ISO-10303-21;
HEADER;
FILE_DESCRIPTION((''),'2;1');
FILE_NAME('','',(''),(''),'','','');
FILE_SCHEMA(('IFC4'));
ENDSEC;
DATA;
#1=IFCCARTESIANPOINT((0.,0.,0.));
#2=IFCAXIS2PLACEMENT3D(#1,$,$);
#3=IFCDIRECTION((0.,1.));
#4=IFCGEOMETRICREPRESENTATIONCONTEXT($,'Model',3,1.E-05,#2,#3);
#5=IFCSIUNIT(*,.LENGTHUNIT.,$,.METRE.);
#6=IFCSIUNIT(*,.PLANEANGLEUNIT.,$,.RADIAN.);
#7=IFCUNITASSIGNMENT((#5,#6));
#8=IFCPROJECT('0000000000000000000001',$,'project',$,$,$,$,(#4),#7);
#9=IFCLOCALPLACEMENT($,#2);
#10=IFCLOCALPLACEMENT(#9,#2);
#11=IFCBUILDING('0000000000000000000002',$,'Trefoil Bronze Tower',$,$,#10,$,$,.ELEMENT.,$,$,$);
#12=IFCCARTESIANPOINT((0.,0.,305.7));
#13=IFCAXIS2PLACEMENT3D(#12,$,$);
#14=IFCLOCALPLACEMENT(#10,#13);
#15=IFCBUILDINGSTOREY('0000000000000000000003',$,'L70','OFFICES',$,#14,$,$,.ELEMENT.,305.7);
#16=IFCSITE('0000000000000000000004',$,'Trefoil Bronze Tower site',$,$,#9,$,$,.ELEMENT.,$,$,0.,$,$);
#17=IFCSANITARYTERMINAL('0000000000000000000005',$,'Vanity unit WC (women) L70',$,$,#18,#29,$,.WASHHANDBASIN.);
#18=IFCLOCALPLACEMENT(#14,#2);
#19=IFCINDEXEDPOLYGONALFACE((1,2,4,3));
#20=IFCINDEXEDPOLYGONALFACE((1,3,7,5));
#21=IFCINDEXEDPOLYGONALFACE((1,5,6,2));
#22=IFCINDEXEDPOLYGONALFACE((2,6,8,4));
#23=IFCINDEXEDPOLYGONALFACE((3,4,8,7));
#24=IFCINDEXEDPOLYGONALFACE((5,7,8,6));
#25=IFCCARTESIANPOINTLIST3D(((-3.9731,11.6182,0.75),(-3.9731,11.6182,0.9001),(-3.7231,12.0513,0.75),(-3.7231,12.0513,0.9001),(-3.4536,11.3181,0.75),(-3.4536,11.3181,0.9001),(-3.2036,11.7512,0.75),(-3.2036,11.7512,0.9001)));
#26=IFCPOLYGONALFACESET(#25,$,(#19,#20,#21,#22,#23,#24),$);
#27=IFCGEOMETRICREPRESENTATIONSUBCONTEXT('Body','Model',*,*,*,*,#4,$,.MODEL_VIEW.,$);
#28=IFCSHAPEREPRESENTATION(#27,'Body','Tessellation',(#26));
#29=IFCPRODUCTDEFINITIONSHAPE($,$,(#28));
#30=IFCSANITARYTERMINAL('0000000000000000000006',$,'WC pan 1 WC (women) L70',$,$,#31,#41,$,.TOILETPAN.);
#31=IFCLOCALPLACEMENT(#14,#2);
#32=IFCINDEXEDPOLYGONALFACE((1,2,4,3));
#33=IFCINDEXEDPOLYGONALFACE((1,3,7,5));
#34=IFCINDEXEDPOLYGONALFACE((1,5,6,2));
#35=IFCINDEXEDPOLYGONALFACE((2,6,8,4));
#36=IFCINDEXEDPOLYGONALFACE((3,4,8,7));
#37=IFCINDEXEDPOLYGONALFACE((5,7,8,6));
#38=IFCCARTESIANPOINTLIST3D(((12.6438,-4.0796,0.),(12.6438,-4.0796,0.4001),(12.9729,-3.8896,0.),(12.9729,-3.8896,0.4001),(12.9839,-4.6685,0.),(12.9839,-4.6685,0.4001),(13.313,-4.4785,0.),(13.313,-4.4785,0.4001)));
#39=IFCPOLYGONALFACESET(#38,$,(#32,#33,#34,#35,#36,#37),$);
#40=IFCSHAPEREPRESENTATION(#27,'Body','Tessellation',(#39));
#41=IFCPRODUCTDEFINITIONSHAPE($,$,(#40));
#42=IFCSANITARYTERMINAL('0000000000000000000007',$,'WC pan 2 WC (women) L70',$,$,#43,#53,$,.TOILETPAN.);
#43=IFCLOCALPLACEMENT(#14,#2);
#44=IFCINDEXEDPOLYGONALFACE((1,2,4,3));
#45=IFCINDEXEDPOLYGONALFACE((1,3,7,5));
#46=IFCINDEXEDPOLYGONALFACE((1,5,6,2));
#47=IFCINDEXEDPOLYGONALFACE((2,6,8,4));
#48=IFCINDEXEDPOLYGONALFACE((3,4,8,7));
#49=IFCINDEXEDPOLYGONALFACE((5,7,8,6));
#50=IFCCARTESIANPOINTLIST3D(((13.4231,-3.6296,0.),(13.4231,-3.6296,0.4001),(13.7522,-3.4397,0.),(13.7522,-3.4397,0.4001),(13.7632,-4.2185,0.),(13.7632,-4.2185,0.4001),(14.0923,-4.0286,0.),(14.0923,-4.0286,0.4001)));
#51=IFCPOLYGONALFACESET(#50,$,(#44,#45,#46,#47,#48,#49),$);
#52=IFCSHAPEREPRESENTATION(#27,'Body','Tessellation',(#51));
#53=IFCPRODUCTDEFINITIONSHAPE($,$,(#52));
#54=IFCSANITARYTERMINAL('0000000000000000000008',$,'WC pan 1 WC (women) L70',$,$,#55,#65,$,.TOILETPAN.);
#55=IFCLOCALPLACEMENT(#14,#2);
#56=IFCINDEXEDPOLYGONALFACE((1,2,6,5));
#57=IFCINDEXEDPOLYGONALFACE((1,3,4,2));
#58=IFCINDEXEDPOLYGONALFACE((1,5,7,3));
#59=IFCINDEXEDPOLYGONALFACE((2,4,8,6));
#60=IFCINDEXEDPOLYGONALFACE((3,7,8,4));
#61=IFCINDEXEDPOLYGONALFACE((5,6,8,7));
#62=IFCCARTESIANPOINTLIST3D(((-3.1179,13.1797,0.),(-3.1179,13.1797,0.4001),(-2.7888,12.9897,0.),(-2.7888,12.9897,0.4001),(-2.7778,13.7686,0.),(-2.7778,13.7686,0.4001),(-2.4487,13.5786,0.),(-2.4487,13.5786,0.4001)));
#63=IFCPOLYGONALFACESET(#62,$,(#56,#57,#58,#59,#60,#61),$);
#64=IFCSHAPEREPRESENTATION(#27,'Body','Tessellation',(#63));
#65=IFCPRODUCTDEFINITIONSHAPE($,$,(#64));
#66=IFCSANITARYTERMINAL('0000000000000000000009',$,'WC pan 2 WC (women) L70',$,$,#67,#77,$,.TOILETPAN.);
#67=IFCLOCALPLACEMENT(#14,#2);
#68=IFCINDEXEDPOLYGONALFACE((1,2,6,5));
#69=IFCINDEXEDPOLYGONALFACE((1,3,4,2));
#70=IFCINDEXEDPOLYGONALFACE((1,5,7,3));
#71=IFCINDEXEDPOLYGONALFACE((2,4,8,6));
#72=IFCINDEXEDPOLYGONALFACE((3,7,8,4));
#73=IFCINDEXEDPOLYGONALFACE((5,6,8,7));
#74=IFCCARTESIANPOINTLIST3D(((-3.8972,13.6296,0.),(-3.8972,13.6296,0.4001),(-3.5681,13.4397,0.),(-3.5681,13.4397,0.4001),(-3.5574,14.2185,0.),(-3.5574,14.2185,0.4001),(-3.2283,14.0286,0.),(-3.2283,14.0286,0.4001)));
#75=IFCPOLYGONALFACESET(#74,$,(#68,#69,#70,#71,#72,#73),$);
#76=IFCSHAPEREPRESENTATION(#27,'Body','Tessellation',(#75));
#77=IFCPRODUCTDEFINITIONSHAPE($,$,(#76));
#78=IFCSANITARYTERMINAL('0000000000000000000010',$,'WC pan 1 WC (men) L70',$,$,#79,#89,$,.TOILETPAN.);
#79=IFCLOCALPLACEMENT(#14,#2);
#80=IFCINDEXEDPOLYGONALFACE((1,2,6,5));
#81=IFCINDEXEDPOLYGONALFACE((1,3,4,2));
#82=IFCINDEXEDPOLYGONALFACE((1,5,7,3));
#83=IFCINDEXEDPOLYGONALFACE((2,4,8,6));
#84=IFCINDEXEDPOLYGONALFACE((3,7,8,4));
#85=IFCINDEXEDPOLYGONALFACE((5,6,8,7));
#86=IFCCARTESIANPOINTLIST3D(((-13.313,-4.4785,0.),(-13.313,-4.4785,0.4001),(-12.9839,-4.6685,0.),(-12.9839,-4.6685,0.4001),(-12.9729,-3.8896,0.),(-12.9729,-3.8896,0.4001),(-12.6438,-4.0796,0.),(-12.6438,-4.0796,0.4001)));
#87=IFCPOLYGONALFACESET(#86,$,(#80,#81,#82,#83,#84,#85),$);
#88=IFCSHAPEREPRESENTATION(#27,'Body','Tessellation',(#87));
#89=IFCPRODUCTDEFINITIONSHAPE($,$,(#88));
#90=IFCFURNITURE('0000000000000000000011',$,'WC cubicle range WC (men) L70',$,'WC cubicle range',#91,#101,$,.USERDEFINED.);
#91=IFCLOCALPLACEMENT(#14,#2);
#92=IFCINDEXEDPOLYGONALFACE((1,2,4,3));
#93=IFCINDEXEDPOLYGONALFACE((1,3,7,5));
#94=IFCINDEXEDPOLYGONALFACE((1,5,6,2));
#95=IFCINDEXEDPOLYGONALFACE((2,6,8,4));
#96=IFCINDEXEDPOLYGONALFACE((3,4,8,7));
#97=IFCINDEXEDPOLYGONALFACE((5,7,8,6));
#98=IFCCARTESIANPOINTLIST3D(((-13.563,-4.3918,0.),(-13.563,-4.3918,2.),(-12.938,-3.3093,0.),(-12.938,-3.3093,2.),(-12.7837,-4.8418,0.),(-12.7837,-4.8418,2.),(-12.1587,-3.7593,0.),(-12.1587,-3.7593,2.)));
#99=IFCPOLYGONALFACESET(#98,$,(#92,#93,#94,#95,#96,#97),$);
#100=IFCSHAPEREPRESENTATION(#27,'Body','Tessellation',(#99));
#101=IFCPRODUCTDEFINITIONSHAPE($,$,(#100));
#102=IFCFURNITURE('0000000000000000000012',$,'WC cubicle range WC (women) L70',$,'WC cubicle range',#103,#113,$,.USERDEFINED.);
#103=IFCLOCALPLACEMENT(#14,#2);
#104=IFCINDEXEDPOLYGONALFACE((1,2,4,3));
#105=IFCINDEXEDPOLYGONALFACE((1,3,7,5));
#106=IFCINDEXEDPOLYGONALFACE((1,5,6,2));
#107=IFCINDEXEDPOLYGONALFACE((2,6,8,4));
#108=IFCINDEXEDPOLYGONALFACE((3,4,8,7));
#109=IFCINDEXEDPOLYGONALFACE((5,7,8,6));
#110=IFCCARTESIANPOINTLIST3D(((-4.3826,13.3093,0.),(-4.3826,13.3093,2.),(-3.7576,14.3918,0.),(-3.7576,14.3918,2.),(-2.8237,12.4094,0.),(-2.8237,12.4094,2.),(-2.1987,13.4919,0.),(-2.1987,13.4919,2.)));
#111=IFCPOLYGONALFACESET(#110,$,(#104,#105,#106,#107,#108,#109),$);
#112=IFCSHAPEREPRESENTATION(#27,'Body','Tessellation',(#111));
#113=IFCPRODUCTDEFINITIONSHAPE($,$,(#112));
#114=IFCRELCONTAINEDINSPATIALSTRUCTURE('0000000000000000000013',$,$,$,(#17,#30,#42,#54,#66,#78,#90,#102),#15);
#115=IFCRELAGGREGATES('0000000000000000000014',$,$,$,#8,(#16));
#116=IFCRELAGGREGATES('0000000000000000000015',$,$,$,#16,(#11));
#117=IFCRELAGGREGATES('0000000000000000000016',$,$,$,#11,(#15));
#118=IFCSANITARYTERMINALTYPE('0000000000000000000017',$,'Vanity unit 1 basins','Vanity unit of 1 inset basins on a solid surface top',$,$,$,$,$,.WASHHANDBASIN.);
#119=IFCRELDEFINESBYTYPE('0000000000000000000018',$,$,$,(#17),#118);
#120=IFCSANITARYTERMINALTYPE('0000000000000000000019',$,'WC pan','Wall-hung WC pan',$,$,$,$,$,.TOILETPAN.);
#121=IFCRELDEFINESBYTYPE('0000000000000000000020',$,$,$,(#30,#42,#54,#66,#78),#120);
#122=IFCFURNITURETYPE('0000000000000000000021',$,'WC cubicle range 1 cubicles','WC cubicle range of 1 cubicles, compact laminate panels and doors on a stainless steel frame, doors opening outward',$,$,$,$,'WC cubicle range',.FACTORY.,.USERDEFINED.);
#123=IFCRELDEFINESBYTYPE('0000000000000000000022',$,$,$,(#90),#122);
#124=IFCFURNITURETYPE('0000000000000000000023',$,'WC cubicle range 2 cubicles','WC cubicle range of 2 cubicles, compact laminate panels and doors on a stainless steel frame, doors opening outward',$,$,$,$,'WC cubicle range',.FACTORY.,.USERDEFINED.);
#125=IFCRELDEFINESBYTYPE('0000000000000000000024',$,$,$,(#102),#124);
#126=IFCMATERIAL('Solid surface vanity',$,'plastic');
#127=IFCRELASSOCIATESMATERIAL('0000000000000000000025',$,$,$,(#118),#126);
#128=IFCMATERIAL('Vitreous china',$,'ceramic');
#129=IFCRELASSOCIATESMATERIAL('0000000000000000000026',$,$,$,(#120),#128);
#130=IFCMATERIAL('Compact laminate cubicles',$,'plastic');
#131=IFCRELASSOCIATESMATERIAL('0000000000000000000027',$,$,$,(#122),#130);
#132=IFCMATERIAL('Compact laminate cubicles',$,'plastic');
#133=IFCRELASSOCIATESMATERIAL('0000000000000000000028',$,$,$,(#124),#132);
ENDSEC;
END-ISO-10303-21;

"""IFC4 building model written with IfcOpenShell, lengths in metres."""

from ifc_helpers import new_model, si_unit, direction, frame, origin, place, context, subcontext, project, spatial, polyline, outline, extrude, material, type_object, element, save


model = new_model("IFC4")

# Units and contexts
model_context = context("Model", 3, precision=1e-05, world=origin(), true_north=direction((0.0, 1.0)))
body_context = subcontext(model_context, "Body", "Model", "MODEL_VIEW")
ifc_project = project(units=[si_unit("LENGTHUNIT", "METRE"), si_unit("PLANEANGLEUNIT", "RADIAN")], contexts=[model_context])

# Site, building, storey
site_placement = place(None, origin())
site = spatial("IfcSite", under=ifc_project, at=site_placement, Name="Trefoil Bronze Tower site", CompositionType="ELEMENT", RefElevation=0.0)
building_placement = place(site_placement, origin())
building = spatial("IfcBuilding", under=site, at=building_placement, Name="Trefoil Bronze Tower", CompositionType="ELEMENT")
storey_placement = place(building_placement, frame((0.0, 0.0, 305.7)))
storey = spatial("IfcBuildingStorey", under=building, at=storey_placement, Name="L70", Description="OFFICES", CompositionType="ELEMENT", Elevation=305.7)

# Sanitary terminals
ifc_material_1 = material(Name="Solid surface vanity", Category="plastic")
sanitary_terminal_type_1 = type_object("IfcSanitaryTerminalType", Name="Vanity unit 1 basins", Description="Vanity unit of 1 inset basins on a solid surface top", PredefinedType="WASHHANDBASIN", material=ifc_material_1)
sanitary_terminal_1_placement = place(storey_placement, frame((0.0, 0.0, 0.75)))
element("IfcSanitaryTerminal", 1, at=sanitary_terminal_1_placement, inside=storey, type_object=sanitary_terminal_type_1, Name="Vanity unit WC (women) L70", PredefinedType="WASHHANDBASIN", context=body_context, shape_type="SweptSolid", body=[
    extrude(outline(polyline([(-3.4536, 11.3181), (-3.2036, 11.7512), (-3.7231, 12.0513), (-3.9731, 11.6182), (-3.4536, 11.3181)])), origin(), (0.0, 0.0, 1.0), 0.1501),
])
ifc_material_2 = material(Name="Vitreous china", Category="ceramic")
sanitary_terminal_type_2 = type_object("IfcSanitaryTerminalType", Name="WC pan", Description="Wall-hung WC pan", PredefinedType="TOILETPAN", material=ifc_material_2)
sanitary_terminal_2_placement = place(storey_placement, origin())
element("IfcSanitaryTerminal", 2, at=sanitary_terminal_2_placement, inside=storey, type_object=sanitary_terminal_type_2, Name="WC pan 1 WC (women) L70", PredefinedType="TOILETPAN", context=body_context, shape_type="SweptSolid", body=[
    extrude(outline(polyline([(12.6438, -4.0796), (12.9839, -4.6685), (13.313, -4.4785), (12.9729, -3.8896), (12.6438, -4.0796)])), origin(), (0.0, 0.0, 1.0), 0.4001),
])
sanitary_terminal_3_placement = place(storey_placement, origin())
element("IfcSanitaryTerminal", 3, at=sanitary_terminal_3_placement, inside=storey, type_object=sanitary_terminal_type_2, Name="WC pan 2 WC (women) L70", PredefinedType="TOILETPAN", context=body_context, shape_type="SweptSolid", body=[
    extrude(outline(polyline([(13.4231, -3.6296), (13.7632, -4.2185), (14.0923, -4.0286), (13.7522, -3.4397), (13.4231, -3.6296)])), origin(), (0.0, 0.0, 1.0), 0.4001),
])
sanitary_terminal_4_placement = place(storey_placement, origin())
element("IfcSanitaryTerminal", 4, at=sanitary_terminal_4_placement, inside=storey, type_object=sanitary_terminal_type_2, Name="WC pan 1 WC (women) L70", PredefinedType="TOILETPAN", context=body_context, shape_type="SweptSolid", body=[
    extrude(outline(polyline([(-2.7888, 12.9897), (-2.4487, 13.5786), (-2.7778, 13.7686), (-3.1179, 13.1797), (-2.7888, 12.9897)])), origin(), (0.0, 0.0, 1.0), 0.4001),
])
sanitary_terminal_5_placement = place(storey_placement, origin())
element("IfcSanitaryTerminal", 5, at=sanitary_terminal_5_placement, inside=storey, type_object=sanitary_terminal_type_2, Name="WC pan 2 WC (women) L70", PredefinedType="TOILETPAN", context=body_context, shape_type="SweptSolid", body=[
    extrude(outline(polyline([(-3.5681, 13.4397), (-3.2283, 14.0286), (-3.5574, 14.2185), (-3.8972, 13.6296), (-3.5681, 13.4397)])), origin(), (0.0, 0.0, 1.0), 0.4001),
])
sanitary_terminal_6_placement = place(storey_placement, origin())
element("IfcSanitaryTerminal", 6, at=sanitary_terminal_6_placement, inside=storey, type_object=sanitary_terminal_type_2, Name="WC pan 1 WC (men) L70", PredefinedType="TOILETPAN", context=body_context, shape_type="SweptSolid", body=[
    extrude(outline(polyline([(-12.6438, -4.0796), (-12.9839, -4.6685), (-13.313, -4.4785), (-12.9729, -3.8896), (-12.6438, -4.0796)])), origin(), (0.0, 0.0, 1.0), 0.4001),
])

# Furniture
ifc_material_3 = material(Name="Compact laminate cubicles", Category="plastic")
furniture_type_1 = type_object("IfcFurnitureType", Name="WC cubicle range 1 cubicles", Description="WC cubicle range of 1 cubicles, compact laminate panels and doors on a stainless steel frame, doors opening outward", ElementType="WC cubicle range", AssemblyPlace="FACTORY", PredefinedType="USERDEFINED", material=ifc_material_3)
furniture_1_placement = place(storey_placement, origin())
element("IfcFurniture", 7, at=furniture_1_placement, inside=storey, type_object=furniture_type_1, Name="WC cubicle range WC (men) L70", ObjectType="WC cubicle range", PredefinedType="USERDEFINED", context=body_context, shape_type="SweptSolid", body=[
    extrude(outline(polyline([(-12.1587, -3.7593), (-12.7837, -4.8418), (-13.563, -4.3918), (-12.938, -3.3093), (-12.1587, -3.7593)])), origin(), (0.0, 0.0, 1.0), 2.0),
])
ifc_material_4 = material(Name="Compact laminate cubicles", Category="plastic")
furniture_type_2 = type_object("IfcFurnitureType", Name="WC cubicle range 2 cubicles", Description="WC cubicle range of 2 cubicles, compact laminate panels and doors on a stainless steel frame, doors opening outward", ElementType="WC cubicle range", AssemblyPlace="FACTORY", PredefinedType="USERDEFINED", material=ifc_material_4)
furniture_2_placement = place(storey_placement, origin())
element("IfcFurniture", 8, at=furniture_2_placement, inside=storey, type_object=furniture_type_2, Name="WC cubicle range WC (women) L70", ObjectType="WC cubicle range", PredefinedType="USERDEFINED", context=body_context, shape_type="SweptSolid", body=[
    extrude(outline(polyline([(-2.8237, 12.4094), (-2.1987, 13.4919), (-3.7576, 14.3918), (-4.3826, 13.3093), (-2.8237, 12.4094)])), origin(), (0.0, 0.0, 1.0), 2.0),
])

save(model, "model.ifc")
